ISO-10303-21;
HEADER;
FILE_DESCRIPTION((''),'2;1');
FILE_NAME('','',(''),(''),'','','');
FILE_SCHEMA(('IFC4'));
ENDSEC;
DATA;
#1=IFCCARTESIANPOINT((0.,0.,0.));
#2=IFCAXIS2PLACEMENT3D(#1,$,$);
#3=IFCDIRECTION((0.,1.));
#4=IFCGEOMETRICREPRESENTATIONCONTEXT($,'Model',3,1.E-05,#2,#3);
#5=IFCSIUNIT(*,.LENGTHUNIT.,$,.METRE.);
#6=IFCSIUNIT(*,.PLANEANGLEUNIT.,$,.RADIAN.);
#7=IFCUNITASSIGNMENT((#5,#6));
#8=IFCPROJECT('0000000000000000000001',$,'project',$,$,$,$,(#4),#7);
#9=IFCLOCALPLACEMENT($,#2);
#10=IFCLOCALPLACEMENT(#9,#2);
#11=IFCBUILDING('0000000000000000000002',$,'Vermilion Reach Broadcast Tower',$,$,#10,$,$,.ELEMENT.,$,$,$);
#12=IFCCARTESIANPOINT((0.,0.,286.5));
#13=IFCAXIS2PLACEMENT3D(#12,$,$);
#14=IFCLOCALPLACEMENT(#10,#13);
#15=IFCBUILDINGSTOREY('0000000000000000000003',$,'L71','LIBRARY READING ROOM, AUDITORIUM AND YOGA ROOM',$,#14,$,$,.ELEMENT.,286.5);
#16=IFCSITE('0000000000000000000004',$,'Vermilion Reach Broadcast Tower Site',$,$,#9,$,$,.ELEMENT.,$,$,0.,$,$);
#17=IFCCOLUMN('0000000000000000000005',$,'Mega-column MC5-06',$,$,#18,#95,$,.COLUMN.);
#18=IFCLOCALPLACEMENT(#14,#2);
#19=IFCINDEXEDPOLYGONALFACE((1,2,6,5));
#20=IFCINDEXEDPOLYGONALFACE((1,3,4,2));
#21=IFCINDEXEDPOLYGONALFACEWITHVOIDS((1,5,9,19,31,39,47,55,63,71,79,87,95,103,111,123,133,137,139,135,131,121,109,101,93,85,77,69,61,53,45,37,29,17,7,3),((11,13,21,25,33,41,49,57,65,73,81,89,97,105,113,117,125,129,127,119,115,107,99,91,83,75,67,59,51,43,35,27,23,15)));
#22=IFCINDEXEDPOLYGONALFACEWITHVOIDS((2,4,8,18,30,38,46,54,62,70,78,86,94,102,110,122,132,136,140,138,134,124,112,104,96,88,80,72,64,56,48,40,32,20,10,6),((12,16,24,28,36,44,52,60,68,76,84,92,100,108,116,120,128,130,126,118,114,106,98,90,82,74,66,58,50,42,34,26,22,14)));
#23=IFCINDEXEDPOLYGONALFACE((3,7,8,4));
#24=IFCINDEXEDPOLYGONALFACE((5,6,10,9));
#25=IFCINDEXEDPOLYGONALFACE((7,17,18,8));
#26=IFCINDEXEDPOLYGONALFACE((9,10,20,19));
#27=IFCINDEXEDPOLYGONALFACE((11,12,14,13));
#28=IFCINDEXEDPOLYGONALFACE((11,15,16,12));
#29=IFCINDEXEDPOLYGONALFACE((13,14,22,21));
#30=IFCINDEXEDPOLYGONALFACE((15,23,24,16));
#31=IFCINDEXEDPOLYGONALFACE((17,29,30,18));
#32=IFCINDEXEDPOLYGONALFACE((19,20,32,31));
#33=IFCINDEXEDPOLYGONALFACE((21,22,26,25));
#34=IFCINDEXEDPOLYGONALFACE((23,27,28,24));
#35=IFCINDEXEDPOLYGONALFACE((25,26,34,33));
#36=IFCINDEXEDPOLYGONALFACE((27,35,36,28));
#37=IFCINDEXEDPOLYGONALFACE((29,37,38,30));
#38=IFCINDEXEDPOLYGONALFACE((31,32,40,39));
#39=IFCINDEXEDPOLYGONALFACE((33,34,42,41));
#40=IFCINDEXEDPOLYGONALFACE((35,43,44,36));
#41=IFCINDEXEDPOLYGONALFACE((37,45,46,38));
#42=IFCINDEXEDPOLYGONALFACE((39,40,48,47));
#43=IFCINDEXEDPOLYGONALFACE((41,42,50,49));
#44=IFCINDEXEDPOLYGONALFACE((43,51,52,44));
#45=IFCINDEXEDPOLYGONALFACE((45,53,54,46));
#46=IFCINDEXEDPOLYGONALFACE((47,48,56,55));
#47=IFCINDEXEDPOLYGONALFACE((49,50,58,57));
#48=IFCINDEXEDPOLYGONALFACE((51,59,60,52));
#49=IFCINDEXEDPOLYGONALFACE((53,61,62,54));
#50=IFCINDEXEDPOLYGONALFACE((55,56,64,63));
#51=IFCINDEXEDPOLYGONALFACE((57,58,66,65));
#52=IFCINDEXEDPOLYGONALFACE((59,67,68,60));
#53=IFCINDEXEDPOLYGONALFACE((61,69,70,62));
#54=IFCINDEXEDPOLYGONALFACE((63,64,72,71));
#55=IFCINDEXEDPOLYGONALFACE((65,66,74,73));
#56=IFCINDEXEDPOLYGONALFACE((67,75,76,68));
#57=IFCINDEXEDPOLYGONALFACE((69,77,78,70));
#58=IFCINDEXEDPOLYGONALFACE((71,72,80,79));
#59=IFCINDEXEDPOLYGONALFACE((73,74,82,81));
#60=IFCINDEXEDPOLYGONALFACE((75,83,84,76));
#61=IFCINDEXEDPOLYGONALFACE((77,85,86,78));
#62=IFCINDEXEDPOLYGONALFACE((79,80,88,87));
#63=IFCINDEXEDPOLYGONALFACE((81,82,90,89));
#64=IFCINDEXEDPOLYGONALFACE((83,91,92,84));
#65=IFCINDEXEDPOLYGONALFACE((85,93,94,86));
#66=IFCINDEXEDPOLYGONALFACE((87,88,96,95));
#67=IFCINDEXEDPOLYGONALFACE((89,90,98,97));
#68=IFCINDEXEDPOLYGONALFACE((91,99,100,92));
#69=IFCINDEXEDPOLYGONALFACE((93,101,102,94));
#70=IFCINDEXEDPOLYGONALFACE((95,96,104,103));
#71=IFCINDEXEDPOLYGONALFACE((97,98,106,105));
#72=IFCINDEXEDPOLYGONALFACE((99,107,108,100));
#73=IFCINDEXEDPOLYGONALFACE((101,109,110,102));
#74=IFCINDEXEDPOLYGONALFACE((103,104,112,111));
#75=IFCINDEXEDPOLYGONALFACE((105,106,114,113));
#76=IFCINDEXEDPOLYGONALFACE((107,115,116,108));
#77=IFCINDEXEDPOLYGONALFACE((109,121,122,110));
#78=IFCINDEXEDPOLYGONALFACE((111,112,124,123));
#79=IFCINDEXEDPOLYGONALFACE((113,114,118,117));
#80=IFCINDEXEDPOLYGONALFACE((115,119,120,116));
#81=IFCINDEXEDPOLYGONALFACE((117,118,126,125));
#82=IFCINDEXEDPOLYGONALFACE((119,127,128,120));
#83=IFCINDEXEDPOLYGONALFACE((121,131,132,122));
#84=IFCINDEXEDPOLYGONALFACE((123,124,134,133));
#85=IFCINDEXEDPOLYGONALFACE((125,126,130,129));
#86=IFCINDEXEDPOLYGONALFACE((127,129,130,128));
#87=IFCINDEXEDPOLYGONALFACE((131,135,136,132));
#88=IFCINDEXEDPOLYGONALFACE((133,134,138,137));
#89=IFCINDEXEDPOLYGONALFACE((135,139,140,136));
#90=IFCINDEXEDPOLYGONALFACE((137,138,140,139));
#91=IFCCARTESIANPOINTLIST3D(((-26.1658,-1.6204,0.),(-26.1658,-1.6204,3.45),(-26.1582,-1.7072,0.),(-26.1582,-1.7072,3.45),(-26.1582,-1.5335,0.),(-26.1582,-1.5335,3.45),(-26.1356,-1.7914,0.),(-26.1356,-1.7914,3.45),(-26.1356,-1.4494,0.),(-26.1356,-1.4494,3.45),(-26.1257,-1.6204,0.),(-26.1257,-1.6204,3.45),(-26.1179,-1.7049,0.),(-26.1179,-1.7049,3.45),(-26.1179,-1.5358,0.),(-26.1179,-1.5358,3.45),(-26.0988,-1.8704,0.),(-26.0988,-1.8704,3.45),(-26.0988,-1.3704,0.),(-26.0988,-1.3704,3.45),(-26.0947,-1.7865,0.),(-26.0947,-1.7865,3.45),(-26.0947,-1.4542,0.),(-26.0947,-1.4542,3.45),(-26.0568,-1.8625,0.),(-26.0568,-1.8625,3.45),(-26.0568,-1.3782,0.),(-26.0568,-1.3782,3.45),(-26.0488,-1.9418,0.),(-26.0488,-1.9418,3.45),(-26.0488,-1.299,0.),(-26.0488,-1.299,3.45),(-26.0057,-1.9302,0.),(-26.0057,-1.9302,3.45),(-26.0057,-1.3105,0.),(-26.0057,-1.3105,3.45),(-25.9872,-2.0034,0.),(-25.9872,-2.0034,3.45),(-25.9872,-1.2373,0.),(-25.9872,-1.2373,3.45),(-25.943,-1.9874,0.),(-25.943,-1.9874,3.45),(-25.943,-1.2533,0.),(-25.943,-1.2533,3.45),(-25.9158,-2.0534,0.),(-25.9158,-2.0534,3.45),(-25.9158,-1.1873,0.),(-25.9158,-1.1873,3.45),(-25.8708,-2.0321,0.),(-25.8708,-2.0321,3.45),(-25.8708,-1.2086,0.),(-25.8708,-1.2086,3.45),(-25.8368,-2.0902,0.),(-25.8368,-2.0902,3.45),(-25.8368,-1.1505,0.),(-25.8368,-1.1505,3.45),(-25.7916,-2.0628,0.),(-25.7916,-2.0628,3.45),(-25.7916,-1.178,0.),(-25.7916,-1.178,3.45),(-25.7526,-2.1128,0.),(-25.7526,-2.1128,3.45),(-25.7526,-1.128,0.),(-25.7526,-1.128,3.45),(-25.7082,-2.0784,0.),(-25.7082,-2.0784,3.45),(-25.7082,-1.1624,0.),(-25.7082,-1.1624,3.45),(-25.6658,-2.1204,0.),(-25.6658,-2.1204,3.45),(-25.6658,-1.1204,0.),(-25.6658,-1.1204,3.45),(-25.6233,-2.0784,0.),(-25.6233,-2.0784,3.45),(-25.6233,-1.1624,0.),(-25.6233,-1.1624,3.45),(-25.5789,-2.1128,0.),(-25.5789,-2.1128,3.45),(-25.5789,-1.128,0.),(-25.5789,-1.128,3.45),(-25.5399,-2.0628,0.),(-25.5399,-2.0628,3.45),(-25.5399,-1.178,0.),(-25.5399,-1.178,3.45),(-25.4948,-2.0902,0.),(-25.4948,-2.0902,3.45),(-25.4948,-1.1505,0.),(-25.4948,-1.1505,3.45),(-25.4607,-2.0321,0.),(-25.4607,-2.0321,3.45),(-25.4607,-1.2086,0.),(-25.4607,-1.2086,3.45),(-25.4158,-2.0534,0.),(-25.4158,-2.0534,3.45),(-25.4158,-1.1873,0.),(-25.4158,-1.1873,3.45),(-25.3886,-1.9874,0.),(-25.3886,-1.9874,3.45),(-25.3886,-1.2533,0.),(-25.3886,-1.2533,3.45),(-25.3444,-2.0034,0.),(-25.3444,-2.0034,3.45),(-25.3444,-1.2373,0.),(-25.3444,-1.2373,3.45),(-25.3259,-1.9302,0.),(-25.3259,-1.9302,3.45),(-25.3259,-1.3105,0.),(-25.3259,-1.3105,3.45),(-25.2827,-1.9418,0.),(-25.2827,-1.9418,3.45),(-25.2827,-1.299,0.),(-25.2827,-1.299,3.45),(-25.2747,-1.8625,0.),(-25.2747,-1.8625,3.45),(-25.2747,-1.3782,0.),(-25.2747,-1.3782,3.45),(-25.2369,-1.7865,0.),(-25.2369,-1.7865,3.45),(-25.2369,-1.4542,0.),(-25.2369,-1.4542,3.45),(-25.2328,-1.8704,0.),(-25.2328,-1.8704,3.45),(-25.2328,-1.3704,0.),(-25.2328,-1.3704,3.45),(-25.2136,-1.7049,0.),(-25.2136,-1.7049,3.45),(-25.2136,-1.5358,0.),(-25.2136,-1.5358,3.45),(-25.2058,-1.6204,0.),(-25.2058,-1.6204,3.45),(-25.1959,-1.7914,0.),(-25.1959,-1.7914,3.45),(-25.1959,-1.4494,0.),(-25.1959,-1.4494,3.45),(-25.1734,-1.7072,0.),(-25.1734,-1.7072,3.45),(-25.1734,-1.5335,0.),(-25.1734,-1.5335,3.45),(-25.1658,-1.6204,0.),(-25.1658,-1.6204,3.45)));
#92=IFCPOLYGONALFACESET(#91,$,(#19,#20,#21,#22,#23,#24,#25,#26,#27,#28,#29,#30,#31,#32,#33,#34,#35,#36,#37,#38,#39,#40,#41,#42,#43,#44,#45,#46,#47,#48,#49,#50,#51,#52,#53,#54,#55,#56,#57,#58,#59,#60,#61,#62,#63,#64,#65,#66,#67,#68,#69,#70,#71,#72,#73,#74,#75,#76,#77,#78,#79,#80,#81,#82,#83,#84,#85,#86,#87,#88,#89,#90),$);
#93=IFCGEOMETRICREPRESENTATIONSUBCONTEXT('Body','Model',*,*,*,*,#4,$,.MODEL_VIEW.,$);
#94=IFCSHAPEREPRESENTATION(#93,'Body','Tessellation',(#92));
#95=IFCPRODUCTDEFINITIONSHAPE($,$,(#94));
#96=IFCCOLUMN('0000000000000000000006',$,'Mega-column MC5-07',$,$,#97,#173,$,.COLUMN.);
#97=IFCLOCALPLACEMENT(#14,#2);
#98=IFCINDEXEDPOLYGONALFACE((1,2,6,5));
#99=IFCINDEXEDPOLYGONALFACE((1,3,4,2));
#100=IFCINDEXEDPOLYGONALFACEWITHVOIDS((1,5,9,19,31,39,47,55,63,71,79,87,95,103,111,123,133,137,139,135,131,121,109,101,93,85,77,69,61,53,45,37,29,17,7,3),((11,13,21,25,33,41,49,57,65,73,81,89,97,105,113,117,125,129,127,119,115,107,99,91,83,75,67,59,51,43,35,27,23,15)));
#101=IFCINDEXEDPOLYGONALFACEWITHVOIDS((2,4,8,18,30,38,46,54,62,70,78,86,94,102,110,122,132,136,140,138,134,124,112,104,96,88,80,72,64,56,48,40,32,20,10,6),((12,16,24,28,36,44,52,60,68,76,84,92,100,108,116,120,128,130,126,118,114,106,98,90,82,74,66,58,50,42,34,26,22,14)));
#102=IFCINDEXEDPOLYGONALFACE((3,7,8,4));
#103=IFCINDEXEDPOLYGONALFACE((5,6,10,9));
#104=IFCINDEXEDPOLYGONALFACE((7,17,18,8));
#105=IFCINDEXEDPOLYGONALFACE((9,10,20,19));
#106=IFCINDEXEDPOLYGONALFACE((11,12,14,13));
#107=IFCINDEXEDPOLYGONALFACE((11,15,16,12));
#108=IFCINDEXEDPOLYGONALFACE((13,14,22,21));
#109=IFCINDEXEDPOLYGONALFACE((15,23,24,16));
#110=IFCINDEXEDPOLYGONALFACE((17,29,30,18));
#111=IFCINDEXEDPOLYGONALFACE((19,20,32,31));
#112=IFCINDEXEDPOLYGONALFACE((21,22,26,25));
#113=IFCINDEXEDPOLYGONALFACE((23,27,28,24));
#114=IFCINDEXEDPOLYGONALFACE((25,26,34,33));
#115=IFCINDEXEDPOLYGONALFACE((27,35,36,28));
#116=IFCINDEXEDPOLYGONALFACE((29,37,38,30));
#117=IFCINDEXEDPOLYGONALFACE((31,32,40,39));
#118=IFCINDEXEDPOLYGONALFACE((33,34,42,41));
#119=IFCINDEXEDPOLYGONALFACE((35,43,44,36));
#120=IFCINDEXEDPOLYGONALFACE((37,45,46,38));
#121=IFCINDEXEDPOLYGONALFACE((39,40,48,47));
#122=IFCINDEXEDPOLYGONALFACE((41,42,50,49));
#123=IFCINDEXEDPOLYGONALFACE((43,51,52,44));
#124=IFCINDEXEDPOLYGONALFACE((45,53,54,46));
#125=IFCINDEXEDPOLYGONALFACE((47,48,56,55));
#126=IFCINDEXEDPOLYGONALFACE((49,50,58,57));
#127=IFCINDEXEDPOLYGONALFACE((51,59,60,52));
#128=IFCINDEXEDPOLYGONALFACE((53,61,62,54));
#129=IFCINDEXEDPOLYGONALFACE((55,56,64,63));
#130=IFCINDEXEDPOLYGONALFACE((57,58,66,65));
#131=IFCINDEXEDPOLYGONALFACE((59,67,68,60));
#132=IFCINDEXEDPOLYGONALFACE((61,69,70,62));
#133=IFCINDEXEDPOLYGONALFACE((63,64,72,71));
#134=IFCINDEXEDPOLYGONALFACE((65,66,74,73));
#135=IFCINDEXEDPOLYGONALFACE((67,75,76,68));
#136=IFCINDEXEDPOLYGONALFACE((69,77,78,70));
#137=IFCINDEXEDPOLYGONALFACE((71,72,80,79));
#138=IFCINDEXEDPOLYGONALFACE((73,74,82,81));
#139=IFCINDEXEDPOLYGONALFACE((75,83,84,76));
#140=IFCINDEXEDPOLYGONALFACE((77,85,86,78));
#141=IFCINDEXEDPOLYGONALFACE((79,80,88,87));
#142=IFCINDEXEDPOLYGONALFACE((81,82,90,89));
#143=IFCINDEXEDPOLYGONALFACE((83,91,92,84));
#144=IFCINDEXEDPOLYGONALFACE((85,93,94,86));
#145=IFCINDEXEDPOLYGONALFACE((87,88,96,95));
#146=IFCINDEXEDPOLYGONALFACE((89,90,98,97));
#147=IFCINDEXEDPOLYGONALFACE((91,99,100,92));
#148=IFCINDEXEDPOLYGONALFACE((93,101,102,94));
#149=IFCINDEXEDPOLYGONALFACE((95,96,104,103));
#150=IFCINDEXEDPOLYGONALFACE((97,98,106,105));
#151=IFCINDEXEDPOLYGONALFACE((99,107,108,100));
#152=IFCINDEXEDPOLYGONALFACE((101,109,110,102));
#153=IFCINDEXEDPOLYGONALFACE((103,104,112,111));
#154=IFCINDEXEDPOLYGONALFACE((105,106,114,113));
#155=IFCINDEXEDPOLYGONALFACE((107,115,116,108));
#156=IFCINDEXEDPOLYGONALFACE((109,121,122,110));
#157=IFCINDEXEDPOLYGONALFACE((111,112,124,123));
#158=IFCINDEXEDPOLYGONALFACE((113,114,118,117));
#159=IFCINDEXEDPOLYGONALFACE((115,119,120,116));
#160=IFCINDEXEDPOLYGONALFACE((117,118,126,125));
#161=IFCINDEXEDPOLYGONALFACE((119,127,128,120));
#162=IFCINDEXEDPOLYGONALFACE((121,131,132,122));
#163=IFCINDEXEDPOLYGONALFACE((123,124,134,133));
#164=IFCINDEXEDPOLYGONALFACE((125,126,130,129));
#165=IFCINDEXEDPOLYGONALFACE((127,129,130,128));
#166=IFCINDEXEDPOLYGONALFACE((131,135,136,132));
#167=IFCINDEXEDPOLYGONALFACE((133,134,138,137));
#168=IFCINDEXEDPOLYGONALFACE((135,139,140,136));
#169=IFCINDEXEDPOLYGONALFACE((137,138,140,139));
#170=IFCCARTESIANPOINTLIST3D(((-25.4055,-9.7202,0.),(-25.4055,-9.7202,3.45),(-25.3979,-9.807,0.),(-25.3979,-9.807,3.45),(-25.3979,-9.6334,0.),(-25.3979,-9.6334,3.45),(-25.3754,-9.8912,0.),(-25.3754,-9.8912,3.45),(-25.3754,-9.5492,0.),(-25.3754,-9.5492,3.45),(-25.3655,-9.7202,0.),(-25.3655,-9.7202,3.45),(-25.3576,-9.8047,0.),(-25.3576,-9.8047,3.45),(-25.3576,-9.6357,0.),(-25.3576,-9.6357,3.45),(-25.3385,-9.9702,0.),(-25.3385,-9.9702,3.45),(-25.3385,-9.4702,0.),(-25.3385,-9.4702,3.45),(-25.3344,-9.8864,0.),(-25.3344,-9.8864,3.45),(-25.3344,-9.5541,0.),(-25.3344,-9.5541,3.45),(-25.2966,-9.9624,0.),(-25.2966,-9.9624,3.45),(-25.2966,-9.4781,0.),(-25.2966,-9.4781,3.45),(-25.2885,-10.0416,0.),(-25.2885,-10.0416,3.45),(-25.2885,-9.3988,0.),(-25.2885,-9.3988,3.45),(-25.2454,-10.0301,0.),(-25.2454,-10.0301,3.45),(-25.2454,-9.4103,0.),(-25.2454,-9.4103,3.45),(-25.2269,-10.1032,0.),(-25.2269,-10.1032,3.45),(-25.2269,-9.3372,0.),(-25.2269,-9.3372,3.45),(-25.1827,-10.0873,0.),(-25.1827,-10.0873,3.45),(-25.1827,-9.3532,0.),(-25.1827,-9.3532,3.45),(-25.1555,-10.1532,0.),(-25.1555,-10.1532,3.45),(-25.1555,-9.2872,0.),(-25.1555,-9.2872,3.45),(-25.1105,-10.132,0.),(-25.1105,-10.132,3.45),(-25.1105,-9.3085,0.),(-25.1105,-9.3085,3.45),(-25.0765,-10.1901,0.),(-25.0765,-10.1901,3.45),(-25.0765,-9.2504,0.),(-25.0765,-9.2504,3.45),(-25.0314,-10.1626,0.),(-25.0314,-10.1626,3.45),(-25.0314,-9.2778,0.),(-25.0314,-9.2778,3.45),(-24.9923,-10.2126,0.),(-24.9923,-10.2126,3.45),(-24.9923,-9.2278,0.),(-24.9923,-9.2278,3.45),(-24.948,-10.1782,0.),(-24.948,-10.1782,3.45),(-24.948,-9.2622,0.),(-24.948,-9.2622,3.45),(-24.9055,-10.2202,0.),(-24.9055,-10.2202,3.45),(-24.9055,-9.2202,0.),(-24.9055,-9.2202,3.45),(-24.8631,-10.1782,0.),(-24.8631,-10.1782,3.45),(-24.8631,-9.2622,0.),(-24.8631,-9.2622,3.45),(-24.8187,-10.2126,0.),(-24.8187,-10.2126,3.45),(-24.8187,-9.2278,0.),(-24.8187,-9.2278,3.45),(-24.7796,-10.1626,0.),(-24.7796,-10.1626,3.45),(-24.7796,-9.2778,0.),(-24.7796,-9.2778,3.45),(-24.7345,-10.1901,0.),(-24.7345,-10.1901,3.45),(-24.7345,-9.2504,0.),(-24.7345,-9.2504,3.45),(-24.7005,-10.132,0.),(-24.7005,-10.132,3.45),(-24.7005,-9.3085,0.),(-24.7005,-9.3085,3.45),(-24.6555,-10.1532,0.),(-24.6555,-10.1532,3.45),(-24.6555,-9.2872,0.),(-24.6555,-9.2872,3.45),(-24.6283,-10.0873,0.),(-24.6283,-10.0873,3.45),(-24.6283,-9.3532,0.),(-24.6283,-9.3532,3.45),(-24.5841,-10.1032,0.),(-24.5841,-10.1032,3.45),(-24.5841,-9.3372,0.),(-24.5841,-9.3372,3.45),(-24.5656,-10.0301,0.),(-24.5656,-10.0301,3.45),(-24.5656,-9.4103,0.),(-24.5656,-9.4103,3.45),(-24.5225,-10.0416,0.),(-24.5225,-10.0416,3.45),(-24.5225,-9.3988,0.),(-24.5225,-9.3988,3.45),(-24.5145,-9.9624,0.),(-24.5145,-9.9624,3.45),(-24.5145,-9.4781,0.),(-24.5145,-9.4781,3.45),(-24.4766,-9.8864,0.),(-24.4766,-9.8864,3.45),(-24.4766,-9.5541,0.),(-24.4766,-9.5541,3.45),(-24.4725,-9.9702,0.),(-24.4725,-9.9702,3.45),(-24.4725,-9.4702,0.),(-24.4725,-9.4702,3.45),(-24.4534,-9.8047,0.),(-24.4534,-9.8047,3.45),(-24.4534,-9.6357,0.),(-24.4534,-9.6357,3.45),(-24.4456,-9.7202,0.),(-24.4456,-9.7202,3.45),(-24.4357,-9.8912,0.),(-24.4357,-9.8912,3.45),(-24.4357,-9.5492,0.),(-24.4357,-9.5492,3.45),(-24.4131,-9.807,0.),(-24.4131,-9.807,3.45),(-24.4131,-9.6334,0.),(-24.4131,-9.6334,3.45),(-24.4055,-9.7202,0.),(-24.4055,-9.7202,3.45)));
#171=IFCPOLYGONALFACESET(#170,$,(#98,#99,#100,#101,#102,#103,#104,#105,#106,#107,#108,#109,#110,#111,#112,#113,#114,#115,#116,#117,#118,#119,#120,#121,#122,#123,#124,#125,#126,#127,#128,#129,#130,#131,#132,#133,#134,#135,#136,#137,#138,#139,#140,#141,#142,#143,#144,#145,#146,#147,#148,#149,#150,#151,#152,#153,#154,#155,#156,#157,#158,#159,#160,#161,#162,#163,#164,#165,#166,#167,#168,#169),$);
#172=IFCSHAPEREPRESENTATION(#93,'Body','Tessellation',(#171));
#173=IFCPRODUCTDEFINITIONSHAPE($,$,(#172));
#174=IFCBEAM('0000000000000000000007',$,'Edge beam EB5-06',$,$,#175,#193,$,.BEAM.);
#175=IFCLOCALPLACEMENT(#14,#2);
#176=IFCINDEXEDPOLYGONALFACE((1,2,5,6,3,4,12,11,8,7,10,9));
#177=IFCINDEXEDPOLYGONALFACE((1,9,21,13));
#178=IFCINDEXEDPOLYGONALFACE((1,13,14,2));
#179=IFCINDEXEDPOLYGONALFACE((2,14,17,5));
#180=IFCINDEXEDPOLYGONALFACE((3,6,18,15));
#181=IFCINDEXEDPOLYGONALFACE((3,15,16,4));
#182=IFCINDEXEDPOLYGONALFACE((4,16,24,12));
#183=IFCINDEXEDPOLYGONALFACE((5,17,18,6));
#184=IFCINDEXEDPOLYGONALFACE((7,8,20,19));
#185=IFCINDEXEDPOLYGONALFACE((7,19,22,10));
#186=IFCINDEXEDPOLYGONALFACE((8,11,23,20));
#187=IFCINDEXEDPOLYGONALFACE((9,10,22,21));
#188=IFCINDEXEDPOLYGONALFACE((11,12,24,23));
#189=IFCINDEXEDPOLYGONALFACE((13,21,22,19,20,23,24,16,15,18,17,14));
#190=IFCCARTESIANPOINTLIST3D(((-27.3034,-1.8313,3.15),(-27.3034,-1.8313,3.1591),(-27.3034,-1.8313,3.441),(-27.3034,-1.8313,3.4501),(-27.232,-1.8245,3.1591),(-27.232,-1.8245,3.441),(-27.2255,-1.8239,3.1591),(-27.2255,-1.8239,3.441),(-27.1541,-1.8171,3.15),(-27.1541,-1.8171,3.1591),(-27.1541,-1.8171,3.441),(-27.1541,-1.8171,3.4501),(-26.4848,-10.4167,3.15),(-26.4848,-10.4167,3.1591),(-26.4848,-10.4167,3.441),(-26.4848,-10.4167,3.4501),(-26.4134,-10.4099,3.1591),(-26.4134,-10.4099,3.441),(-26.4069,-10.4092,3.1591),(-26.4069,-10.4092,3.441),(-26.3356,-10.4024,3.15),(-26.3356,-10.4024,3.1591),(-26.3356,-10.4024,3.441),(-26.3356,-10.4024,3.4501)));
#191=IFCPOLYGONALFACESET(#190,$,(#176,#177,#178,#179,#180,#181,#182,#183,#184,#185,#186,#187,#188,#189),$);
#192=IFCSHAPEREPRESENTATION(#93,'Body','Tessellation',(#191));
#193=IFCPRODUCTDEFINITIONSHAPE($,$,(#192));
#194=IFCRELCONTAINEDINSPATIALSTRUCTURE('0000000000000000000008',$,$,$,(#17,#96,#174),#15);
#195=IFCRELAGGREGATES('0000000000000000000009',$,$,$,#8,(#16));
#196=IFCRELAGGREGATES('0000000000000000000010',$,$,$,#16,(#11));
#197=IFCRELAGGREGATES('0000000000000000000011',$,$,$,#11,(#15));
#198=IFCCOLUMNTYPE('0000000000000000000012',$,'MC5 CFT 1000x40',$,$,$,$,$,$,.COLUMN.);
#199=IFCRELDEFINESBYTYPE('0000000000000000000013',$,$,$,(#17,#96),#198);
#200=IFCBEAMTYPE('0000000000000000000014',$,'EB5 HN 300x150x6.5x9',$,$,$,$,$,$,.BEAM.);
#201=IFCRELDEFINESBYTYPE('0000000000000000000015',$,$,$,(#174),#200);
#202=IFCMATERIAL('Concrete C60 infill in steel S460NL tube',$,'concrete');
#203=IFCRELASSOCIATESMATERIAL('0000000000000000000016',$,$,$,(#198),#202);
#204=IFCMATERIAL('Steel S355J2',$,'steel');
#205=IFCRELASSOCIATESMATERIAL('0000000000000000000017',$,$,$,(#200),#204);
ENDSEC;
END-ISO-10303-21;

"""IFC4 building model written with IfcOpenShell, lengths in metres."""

from ifc_helpers import new_model, si_unit, direction, frame, origin, origin_2d, place, context, subcontext, project, spatial, hollow_circle, i_section, extrude, material, material_profile, profile_set, type_object, element, save


model = new_model("IFC4")

# Units and contexts
model_context = context("Model", 3, precision=1e-05, world=origin(), true_north=direction((0.0, 1.0)))
body_context = subcontext(model_context, "Body", "Model", "MODEL_VIEW")
ifc_project = project(units=[si_unit("LENGTHUNIT", "METRE"), si_unit("PLANEANGLEUNIT", "RADIAN")], contexts=[model_context])

# Site, building, storey
site_placement = place(None, origin())
site = spatial("IfcSite", under=ifc_project, at=site_placement, Name="Vermilion Reach Broadcast Tower Site", CompositionType="ELEMENT", RefElevation=0.0)
building_placement = place(site_placement, origin())
building = spatial("IfcBuilding", under=site, at=building_placement, Name="Vermilion Reach Broadcast Tower", CompositionType="ELEMENT")
storey_placement = place(building_placement, frame((0.0, 0.0, 286.5)))
storey = spatial("IfcBuildingStorey", under=building, at=storey_placement, Name="L71", Description="LIBRARY READING ROOM, AUDITORIUM AND YOGA ROOM", CompositionType="ELEMENT", Elevation=286.5)

# Columns
ifc_material_1 = material(Name="Concrete C60 infill in steel S460NL tube", Category="concrete")
ifc_material_profile_1 = material_profile(ifc_material_1, hollow_circle(Radius=0.5, WallThickness=0.04, at=origin_2d()), Name="Concrete C60 infill in steel S460NL tube CFT 1000x40")
ifc_profile_set_1 = profile_set([ifc_material_profile_1], Name="Concrete C60 infill in steel S460NL tube")
column_type = type_object("IfcColumnType", Name="MC5 CFT 1000x40", PredefinedType="COLUMN", material=ifc_profile_set_1)
for number, where, z_axis, x_axis, name in (
    (1, (-25.6658, -1.6204, 0.0), (0.0, 0.0, 1.0), (1.0, 0.0, 0.0), "Mega-column MC5-06"),
    (2, (-24.9055, -9.7202, 0.0), (0.0, 0.0, 1.0), (1.0, 0.0, 0.0), "Mega-column MC5-07"),
):
    element("IfcColumn", number, at=place(storey_placement, frame(where, z_axis=z_axis, x_axis=x_axis)), inside=storey, type_object=column_type, Name=name, PredefinedType="COLUMN", context=body_context, shape_type="SweptSolid", body=[
        extrude(hollow_circle(Radius=0.5, WallThickness=0.04, at=origin_2d()), origin(), (0.0, 0.0, 1.0), 3.45),
    ])

# Beam
ifc_material_2 = material(Name="Steel S355J2", Category="steel")
ifc_material_profile_2 = material_profile(ifc_material_2, i_section(OverallWidth=0.1499, OverallDepth=0.3, WebThickness=0.0066, FlangeThickness=0.009, at=origin_2d()), Name="S355J2 HN 300x150x6.5x9")
ifc_profile_set_2 = profile_set([ifc_material_profile_2], Name="Steel S355J2")
beam_type_1 = type_object("IfcBeamType", Name="EB5 HN 300x150x6.5x9", PredefinedType="BEAM", material=ifc_profile_set_2)
beam_1_placement = place(storey_placement, frame((-27.2288, -1.8242, 3.3), z_axis=(0.094917, -0.995485, 0.0), x_axis=(0.995485, 0.094917, 0.0)))
element("IfcBeam", 3, at=beam_1_placement, inside=storey, type_object=beam_type_1, Name="Edge beam EB5-06", PredefinedType="BEAM", context=body_context, shape_type="SweptSolid", body=[
    extrude(i_section(OverallWidth=0.1499, OverallDepth=0.3, WebThickness=0.0066, FlangeThickness=0.009, at=origin_2d()), origin(), (0.0, 0.0, 1.0), 8.6243),
])

save(model, "model.ifc")
